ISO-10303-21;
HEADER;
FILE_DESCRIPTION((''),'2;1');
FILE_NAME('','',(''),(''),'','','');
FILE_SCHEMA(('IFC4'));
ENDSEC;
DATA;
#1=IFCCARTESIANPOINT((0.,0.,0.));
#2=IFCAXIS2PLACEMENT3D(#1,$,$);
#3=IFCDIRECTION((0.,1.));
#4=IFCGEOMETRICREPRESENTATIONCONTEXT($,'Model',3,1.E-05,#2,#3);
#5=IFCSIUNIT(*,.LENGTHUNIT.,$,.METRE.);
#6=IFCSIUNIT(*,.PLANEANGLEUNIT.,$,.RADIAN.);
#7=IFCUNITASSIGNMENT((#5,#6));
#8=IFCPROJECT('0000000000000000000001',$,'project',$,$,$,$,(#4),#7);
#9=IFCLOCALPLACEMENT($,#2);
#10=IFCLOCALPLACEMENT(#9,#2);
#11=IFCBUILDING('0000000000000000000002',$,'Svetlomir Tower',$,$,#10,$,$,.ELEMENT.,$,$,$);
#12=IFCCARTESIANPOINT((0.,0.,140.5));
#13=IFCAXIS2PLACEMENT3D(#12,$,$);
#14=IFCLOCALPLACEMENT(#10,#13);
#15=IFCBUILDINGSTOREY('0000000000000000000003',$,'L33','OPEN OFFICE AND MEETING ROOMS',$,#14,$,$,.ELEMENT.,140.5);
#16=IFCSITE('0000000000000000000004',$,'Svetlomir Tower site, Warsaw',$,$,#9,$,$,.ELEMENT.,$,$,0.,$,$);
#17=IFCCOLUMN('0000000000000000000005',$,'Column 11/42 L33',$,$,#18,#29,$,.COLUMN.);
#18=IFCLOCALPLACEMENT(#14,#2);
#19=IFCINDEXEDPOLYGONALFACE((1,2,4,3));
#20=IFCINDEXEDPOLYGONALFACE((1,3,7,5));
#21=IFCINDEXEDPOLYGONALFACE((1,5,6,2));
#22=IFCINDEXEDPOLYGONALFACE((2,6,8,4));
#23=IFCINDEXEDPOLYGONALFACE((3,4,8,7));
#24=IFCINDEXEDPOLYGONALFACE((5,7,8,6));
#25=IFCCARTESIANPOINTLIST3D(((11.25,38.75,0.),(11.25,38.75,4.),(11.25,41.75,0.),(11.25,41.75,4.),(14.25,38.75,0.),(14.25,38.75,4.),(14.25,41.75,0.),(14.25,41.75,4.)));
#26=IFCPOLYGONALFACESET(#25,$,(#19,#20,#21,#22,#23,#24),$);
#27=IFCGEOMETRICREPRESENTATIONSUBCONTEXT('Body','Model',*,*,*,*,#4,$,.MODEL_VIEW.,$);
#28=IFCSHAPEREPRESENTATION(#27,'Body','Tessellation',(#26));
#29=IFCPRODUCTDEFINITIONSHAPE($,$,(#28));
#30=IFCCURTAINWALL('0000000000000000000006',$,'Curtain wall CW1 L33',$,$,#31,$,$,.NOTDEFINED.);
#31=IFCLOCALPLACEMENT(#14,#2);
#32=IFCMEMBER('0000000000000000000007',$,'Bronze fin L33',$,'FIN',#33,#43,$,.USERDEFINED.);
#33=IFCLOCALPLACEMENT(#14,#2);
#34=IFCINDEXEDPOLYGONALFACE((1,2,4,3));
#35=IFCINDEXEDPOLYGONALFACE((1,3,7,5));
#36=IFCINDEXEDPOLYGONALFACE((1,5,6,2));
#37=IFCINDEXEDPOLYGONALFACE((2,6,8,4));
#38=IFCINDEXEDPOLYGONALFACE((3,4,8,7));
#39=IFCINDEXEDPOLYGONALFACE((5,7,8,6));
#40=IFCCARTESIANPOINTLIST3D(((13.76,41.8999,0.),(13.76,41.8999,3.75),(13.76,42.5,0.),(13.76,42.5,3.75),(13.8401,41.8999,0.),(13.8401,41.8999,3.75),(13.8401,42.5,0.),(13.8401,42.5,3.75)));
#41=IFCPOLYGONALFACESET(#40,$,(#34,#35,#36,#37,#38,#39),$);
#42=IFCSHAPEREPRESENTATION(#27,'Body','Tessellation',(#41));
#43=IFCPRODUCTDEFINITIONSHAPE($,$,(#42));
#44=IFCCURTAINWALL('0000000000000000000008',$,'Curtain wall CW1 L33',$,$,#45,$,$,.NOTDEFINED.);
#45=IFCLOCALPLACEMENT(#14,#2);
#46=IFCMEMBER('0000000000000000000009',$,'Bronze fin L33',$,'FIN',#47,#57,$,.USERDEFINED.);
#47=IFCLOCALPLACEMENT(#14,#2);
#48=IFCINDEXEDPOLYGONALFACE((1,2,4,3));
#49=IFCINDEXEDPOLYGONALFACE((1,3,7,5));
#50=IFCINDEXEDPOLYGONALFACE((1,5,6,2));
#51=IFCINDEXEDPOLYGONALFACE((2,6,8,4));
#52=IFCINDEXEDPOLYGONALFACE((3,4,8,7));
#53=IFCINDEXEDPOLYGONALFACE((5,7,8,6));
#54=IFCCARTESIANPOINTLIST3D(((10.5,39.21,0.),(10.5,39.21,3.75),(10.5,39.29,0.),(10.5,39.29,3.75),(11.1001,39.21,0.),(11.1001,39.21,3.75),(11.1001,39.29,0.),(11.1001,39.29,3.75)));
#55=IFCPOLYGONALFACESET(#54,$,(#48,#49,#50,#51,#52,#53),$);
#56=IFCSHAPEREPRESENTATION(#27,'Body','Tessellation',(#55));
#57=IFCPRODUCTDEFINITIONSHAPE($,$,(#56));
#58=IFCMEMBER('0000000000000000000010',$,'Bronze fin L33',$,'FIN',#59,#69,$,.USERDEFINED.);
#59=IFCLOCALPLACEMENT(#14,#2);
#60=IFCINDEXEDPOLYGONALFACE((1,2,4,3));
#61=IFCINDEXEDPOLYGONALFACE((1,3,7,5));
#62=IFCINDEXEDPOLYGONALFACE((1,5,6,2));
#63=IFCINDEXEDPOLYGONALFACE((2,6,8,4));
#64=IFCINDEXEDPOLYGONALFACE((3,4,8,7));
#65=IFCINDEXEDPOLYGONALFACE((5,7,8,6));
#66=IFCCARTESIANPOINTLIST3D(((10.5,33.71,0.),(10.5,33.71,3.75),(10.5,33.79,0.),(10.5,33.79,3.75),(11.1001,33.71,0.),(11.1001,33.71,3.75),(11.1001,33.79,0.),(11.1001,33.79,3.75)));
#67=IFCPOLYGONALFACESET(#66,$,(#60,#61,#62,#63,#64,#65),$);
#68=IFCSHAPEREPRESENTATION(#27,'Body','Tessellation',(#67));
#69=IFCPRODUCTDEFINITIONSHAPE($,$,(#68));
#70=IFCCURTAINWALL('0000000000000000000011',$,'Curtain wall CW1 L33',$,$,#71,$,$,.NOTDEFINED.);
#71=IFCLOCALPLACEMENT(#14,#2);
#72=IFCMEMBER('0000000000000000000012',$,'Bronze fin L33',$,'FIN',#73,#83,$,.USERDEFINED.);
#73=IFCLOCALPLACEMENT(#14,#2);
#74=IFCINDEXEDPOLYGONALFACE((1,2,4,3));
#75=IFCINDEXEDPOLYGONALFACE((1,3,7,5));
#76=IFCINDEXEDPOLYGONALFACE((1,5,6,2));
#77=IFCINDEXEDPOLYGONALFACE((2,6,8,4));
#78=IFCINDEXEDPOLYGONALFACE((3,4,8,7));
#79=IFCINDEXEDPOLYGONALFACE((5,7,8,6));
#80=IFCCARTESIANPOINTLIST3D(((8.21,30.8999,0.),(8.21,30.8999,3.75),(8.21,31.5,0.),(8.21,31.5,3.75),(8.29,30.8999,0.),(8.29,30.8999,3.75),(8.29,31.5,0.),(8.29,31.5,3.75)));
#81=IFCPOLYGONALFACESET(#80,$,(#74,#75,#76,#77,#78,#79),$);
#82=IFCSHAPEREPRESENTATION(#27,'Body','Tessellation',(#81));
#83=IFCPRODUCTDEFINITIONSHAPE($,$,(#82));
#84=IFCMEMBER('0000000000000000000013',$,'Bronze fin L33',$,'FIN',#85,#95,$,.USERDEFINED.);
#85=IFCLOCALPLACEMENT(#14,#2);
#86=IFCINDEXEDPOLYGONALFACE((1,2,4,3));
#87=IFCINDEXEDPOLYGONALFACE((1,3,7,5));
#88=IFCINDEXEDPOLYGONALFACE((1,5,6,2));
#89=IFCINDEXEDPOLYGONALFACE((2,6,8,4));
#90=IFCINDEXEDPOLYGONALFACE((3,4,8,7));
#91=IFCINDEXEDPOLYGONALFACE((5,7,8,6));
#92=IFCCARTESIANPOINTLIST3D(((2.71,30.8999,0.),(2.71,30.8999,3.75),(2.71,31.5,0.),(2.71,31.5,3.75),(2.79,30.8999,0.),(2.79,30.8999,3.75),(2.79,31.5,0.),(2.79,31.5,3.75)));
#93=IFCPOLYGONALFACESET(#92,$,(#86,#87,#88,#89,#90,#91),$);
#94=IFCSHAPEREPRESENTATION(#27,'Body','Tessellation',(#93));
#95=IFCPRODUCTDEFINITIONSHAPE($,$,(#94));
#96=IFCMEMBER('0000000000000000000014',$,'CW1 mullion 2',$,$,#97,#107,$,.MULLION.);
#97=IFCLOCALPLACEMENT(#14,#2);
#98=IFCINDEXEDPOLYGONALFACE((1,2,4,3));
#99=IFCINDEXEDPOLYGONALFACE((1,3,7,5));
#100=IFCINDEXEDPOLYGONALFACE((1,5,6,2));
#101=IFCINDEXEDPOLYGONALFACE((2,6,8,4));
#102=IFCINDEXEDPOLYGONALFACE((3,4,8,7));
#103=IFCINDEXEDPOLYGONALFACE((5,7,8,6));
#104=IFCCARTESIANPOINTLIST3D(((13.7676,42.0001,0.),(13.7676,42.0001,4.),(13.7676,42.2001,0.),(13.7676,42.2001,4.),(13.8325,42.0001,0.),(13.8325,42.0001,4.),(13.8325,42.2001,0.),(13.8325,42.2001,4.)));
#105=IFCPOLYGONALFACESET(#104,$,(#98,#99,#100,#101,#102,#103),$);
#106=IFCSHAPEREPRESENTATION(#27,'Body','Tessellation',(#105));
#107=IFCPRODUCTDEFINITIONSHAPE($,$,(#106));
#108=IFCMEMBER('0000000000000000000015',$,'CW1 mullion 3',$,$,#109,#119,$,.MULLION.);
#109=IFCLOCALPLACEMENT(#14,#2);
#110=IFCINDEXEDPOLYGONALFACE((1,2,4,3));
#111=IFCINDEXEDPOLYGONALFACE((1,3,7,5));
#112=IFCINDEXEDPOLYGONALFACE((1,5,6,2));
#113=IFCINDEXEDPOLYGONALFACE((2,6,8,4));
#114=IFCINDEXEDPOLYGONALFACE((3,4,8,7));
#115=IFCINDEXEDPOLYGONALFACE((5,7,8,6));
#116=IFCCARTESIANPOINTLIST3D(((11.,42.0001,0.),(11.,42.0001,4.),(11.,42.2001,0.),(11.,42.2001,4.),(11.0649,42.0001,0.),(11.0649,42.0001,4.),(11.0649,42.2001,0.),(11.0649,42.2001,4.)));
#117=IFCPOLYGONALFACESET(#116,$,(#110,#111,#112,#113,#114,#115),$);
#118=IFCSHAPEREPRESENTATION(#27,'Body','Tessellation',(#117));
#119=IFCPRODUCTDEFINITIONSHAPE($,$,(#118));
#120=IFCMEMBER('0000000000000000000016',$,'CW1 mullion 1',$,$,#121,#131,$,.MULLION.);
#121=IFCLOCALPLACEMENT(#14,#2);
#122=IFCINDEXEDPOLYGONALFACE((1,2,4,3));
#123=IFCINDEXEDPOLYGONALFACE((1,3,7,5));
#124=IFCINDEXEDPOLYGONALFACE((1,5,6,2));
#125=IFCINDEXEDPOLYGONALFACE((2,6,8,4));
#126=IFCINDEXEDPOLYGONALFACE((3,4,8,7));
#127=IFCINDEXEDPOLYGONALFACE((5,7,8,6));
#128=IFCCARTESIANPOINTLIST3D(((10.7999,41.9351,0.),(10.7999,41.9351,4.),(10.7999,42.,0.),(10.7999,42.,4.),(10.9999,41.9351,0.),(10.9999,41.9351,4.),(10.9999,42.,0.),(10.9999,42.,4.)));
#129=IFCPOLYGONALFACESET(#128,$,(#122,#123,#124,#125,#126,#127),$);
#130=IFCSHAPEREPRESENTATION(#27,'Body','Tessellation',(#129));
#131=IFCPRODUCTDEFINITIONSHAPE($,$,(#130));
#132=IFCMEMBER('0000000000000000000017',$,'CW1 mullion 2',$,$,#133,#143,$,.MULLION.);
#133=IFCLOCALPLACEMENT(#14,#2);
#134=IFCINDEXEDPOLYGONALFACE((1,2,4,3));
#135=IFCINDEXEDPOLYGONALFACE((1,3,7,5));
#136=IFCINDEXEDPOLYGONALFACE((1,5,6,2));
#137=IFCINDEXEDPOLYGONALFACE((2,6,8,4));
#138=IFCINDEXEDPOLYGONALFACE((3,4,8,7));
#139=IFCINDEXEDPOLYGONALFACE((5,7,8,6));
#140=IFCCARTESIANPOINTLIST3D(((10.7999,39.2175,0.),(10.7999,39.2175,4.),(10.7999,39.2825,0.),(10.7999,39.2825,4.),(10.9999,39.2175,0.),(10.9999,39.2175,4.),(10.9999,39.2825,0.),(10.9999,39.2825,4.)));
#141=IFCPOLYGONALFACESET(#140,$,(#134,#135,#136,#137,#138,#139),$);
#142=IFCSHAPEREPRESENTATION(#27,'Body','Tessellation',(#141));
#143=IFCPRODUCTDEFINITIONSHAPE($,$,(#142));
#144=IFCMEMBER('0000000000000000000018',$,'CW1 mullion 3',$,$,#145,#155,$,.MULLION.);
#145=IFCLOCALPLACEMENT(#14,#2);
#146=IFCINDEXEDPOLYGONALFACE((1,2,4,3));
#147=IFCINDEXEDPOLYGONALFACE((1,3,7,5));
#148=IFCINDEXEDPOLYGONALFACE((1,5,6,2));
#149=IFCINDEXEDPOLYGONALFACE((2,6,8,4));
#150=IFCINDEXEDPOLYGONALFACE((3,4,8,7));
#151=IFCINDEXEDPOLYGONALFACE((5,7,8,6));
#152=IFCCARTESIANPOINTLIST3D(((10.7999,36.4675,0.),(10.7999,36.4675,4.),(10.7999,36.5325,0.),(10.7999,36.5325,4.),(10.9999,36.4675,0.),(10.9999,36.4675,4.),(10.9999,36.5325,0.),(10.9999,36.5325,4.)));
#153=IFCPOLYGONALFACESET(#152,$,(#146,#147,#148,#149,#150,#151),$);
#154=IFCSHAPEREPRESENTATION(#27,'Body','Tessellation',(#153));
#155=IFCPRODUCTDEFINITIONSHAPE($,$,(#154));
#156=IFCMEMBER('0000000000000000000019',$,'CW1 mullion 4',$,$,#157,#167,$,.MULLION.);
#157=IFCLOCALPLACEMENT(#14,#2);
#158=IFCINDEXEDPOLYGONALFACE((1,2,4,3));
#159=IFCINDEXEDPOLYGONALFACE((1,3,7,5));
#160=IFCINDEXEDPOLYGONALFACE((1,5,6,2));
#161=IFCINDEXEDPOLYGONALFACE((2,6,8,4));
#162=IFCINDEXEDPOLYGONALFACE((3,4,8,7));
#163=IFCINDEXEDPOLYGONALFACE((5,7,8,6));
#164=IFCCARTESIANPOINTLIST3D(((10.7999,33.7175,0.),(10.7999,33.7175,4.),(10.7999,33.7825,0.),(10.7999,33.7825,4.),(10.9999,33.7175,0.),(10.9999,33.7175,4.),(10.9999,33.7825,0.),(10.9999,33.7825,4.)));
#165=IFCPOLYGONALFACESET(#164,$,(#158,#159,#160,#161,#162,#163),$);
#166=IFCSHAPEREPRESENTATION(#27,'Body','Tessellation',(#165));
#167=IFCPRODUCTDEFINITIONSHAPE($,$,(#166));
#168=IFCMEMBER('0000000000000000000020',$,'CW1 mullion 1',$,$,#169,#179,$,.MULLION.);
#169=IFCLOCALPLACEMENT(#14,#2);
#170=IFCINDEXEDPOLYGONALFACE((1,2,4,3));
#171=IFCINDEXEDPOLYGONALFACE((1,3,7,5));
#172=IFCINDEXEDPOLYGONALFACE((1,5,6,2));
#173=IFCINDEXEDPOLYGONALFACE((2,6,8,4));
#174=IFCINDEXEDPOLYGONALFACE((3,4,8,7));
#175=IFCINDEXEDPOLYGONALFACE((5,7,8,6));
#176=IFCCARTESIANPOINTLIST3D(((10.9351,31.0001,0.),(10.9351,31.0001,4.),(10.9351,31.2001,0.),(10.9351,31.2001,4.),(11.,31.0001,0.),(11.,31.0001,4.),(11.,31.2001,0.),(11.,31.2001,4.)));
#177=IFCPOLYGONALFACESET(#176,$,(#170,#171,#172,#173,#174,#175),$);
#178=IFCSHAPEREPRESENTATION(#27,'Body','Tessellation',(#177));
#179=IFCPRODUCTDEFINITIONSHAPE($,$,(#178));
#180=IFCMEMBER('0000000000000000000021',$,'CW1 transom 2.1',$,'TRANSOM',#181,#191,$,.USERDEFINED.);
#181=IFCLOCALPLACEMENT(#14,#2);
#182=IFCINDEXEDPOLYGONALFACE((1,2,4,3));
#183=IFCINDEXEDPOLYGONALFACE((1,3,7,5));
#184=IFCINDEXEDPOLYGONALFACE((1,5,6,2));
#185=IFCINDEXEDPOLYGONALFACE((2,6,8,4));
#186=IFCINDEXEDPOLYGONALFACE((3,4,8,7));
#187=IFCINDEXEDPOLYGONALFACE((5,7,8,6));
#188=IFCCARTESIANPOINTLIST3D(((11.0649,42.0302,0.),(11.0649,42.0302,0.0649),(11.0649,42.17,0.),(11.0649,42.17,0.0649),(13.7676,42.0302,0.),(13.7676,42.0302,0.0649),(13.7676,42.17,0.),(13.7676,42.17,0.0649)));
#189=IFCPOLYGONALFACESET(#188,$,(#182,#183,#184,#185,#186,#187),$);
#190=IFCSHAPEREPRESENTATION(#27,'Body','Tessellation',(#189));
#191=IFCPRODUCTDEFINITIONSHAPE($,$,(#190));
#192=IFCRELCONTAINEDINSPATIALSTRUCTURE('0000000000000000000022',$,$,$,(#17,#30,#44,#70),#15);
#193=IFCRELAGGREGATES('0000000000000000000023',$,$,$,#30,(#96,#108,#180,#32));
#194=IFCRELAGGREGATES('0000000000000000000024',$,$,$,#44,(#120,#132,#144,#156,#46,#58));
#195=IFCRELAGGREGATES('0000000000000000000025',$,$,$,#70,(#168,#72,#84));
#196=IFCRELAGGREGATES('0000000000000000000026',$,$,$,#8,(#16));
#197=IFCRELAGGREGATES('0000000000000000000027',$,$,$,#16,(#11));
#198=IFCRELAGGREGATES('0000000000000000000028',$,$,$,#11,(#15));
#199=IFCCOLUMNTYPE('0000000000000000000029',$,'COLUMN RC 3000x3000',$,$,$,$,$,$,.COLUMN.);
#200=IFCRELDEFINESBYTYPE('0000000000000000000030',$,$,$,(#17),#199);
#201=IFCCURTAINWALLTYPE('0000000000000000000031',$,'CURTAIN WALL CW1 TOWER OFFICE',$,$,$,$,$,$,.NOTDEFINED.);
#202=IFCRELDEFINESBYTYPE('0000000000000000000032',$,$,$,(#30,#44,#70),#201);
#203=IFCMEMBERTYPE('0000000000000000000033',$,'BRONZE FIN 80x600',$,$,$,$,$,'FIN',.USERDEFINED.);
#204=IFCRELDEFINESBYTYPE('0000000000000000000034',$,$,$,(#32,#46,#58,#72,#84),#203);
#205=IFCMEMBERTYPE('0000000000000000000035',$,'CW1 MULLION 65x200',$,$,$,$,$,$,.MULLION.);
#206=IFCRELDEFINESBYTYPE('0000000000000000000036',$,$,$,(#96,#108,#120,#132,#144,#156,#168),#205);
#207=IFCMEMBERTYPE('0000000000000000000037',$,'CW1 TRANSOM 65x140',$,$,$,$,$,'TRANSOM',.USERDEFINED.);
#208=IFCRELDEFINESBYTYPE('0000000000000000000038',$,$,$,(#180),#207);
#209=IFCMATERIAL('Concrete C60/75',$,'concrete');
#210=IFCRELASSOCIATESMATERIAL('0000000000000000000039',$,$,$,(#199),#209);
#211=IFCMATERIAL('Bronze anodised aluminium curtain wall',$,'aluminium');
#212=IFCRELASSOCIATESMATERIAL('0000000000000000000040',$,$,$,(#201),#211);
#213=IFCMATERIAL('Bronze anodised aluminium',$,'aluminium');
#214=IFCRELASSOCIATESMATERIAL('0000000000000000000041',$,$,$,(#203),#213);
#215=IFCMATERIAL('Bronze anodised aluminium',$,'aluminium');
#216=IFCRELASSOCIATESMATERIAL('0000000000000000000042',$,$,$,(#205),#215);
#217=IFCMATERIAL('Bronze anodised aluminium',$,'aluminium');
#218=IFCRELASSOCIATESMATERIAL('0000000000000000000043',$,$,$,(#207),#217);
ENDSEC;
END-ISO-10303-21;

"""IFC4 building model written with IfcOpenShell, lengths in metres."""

from ifc_helpers import new_model, si_unit, direction, frame, origin, origin_2d, place, context, subcontext, project, spatial, rectangle, extrude, material, material_profile, profile_set, type_object, element, aggregate, save


model = new_model("IFC4")

# Units and contexts
model_context = context("Model", 3, precision=1e-05, world=origin(), true_north=direction((0.0, 1.0)))
body_context = subcontext(model_context, "Body", "Model", "MODEL_VIEW")
ifc_project = project(units=[si_unit("LENGTHUNIT", "METRE"), si_unit("PLANEANGLEUNIT", "RADIAN")], contexts=[model_context])

# Site, building, storey
site_placement = place(None, origin())
site = spatial("IfcSite", under=ifc_project, at=site_placement, Name="Svetlomir Tower site, Warsaw", CompositionType="ELEMENT", RefElevation=0.0)
building_placement = place(site_placement, origin())
building = spatial("IfcBuilding", under=site, at=building_placement, Name="Svetlomir Tower", CompositionType="ELEMENT")
storey_placement = place(building_placement, frame((0.0, 0.0, 140.5)))
storey = spatial("IfcBuildingStorey", under=building, at=storey_placement, Name="L33", Description="OPEN OFFICE AND MEETING ROOMS", CompositionType="ELEMENT", Elevation=140.5)

# Column
ifc_material_1 = material(Name="Concrete C60/75", Category="concrete")
ifc_material_profile_1 = material_profile(ifc_material_1, rectangle(XDim=3.0, YDim=3.0, at=origin_2d()), Name="RC 3000x3000")
ifc_profile_set_1 = profile_set([ifc_material_profile_1], Name="Concrete C60/75")
column_type = type_object("IfcColumnType", Name="COLUMN RC 3000x3000", PredefinedType="COLUMN", material=ifc_profile_set_1)
column_placement = place(storey_placement, frame((12.75, 40.25, 0.0), z_axis=(0.0, 0.0, 1.0), x_axis=(1.0, 0.0, 0.0)))
element("IfcColumn", 1, at=column_placement, inside=storey, type_object=column_type, Name="Column 11/42 L33", PredefinedType="COLUMN", context=body_context, shape_type="SweptSolid", body=[
    extrude(rectangle(XDim=3.0, YDim=3.0, at=origin_2d()), origin(), (0.0, 0.0, 1.0), 4.0),
])

# Curtain wall, member
ifc_material_2 = material(Name="Bronze anodised aluminium curtain wall", Category="aluminium")
curtain_wall_type = type_object("IfcCurtainWallType", Name="CURTAIN WALL CW1 TOWER OFFICE", PredefinedType="NOTDEFINED", material=ifc_material_2)
curtain_wall_1_placement = place(storey_placement, origin())
curtain_wall_1 = element("IfcCurtainWall", 2, at=curtain_wall_1_placement, inside=storey, type_object=curtain_wall_type, Name="Curtain wall CW1 L33", PredefinedType="NOTDEFINED")
ifc_material_3 = material(Name="Bronze anodised aluminium", Category="aluminium")
ifc_material_profile_2 = material_profile(ifc_material_3, rectangle(XDim=0.0801, YDim=0.6001, at=origin_2d()), Name="FIN 80x600")
ifc_profile_set_2 = profile_set([ifc_material_profile_2], Name="Bronze anodised aluminium 6063-T6")
member_type_1 = type_object("IfcMemberType", Name="BRONZE FIN 80x600", ElementType="FIN", PredefinedType="USERDEFINED", material=ifc_profile_set_2)
member_1_placement = place(storey_placement, frame((13.8, 42.2, 0.0), z_axis=(0.0, 0.0, 1.0), x_axis=(1.0, 0.0, 0.0)))
member_1 = element("IfcMember", 3, at=member_1_placement, type_object=member_type_1, Name="Bronze fin L33", ObjectType="FIN", PredefinedType="USERDEFINED", context=body_context, shape_type="SweptSolid", body=[
    extrude(rectangle(XDim=0.0801, YDim=0.6001, at=origin_2d()), origin(), (0.0, 0.0, 1.0), 3.75),
])

# Curtain walls, members
curtain_wall_2_placement = place(storey_placement, origin())
curtain_wall_2 = element("IfcCurtainWall", 4, at=curtain_wall_2_placement, inside=storey, type_object=curtain_wall_type, Name="Curtain wall CW1 L33", PredefinedType="NOTDEFINED")
member_2_placement = place(storey_placement, frame((10.8, 39.25, 0.0), z_axis=(0.0, 0.0, 1.0), x_axis=(0.0, 1.0, 0.0)))
member_2 = element("IfcMember", 5, at=member_2_placement, type_object=member_type_1, Name="Bronze fin L33", ObjectType="FIN", PredefinedType="USERDEFINED", context=body_context, shape_type="SweptSolid", body=[
    extrude(rectangle(XDim=0.0801, YDim=0.6001, at=origin_2d()), origin(), (0.0, 0.0, 1.0), 3.75),
])
member_3_placement = place(storey_placement, frame((10.8, 33.75, 0.0), z_axis=(0.0, 0.0, 1.0), x_axis=(0.0, 1.0, 0.0)))
member_3 = element("IfcMember", 6, at=member_3_placement, type_object=member_type_1, Name="Bronze fin L33", ObjectType="FIN", PredefinedType="USERDEFINED", context=body_context, shape_type="SweptSolid", body=[
    extrude(rectangle(XDim=0.0801, YDim=0.6001, at=origin_2d()), origin(), (0.0, 0.0, 1.0), 3.75),
])
curtain_wall_3_placement = place(storey_placement, origin())
curtain_wall_3 = element("IfcCurtainWall", 7, at=curtain_wall_3_placement, inside=storey, type_object=curtain_wall_type, Name="Curtain wall CW1 L33", PredefinedType="NOTDEFINED")
member_4_placement = place(storey_placement, frame((8.25, 31.2, 0.0), z_axis=(0.0, 0.0, 1.0), x_axis=(1.0, 0.0, 0.0)))
member_4 = element("IfcMember", 8, at=member_4_placement, type_object=member_type_1, Name="Bronze fin L33", ObjectType="FIN", PredefinedType="USERDEFINED", context=body_context, shape_type="SweptSolid", body=[
    extrude(rectangle(XDim=0.0801, YDim=0.6001, at=origin_2d()), origin(), (0.0, 0.0, 1.0), 3.75),
])
member_5_placement = place(storey_placement, frame((2.75, 31.2, 0.0), z_axis=(0.0, 0.0, 1.0), x_axis=(1.0, 0.0, 0.0)))
member_5 = element("IfcMember", 9, at=member_5_placement, type_object=member_type_1, Name="Bronze fin L33", ObjectType="FIN", PredefinedType="USERDEFINED", context=body_context, shape_type="SweptSolid", body=[
    extrude(rectangle(XDim=0.0801, YDim=0.6001, at=origin_2d()), origin(), (0.0, 0.0, 1.0), 3.75),
])

# Members
ifc_material_4 = material(Name="Bronze anodised aluminium", Category="aluminium")
ifc_material_profile_3 = material_profile(ifc_material_4, rectangle(XDim=0.0649, YDim=0.2, at=origin_2d()), Name="AL 65x200")
ifc_profile_set_3 = profile_set([ifc_material_profile_3], Name="Bronze anodised aluminium 6063-T6")
member_type_2 = type_object("IfcMemberType", Name="CW1 MULLION 65x200", PredefinedType="MULLION", material=ifc_profile_set_3)
member_6_placement = place(storey_placement, frame((13.8, 42.1001, 0.0), z_axis=(0.0, 0.0, 1.0), x_axis=(-1.0, 0.0, 0.0)))
member_6 = element("IfcMember", 10, at=member_6_placement, type_object=member_type_2, Name="CW1 mullion 2", PredefinedType="MULLION", context=body_context, shape_type="SweptSolid", body=[
    extrude(rectangle(XDim=0.0649, YDim=0.2, at=origin_2d()), origin(), (0.0, 0.0, 1.0), 4.0),
])
member_7_placement = place(storey_placement, frame((11.0325, 42.1001, 0.0), z_axis=(0.0, 0.0, 1.0), x_axis=(-1.0, 0.0, 0.0)))
member_7 = element("IfcMember", 11, at=member_7_placement, type_object=member_type_2, Name="CW1 mullion 3", PredefinedType="MULLION", context=body_context, shape_type="SweptSolid", body=[
    extrude(rectangle(XDim=0.0649, YDim=0.2, at=origin_2d()), origin(), (0.0, 0.0, 1.0), 4.0),
])
member_8_placement = place(storey_placement, frame((10.8999, 41.9675, 0.0), z_axis=(0.0, 0.0, 1.0), x_axis=(0.0, -1.0, 0.0)))
member_8 = element("IfcMember", 12, at=member_8_placement, type_object=member_type_2, Name="CW1 mullion 1", PredefinedType="MULLION", context=body_context, shape_type="SweptSolid", body=[
    extrude(rectangle(XDim=0.0649, YDim=0.2, at=origin_2d()), origin(), (0.0, 0.0, 1.0), 4.0),
])
member_9_placement = place(storey_placement, frame((10.8999, 39.25, 0.0), z_axis=(0.0, 0.0, 1.0), x_axis=(0.0, -1.0, 0.0)))
member_9 = element("IfcMember", 13, at=member_9_placement, type_object=member_type_2, Name="CW1 mullion 2", PredefinedType="MULLION", context=body_context, shape_type="SweptSolid", body=[
    extrude(rectangle(XDim=0.0649, YDim=0.2, at=origin_2d()), origin(), (0.0, 0.0, 1.0), 4.0),
])
member_10_placement = place(storey_placement, frame((10.8999, 36.5, 0.0), z_axis=(0.0, 0.0, 1.0), x_axis=(0.0, -1.0, 0.0)))
member_10 = element("IfcMember", 14, at=member_10_placement, type_object=member_type_2, Name="CW1 mullion 3", PredefinedType="MULLION", context=body_context, shape_type="SweptSolid", body=[
    extrude(rectangle(XDim=0.0649, YDim=0.2, at=origin_2d()), origin(), (0.0, 0.0, 1.0), 4.0),
])
member_11_placement = place(storey_placement, frame((10.8999, 33.75, 0.0), z_axis=(0.0, 0.0, 1.0), x_axis=(0.0, -1.0, 0.0)))
member_11 = element("IfcMember", 15, at=member_11_placement, type_object=member_type_2, Name="CW1 mullion 4", PredefinedType="MULLION", context=body_context, shape_type="SweptSolid", body=[
    extrude(rectangle(XDim=0.0649, YDim=0.2, at=origin_2d()), origin(), (0.0, 0.0, 1.0), 4.0),
])
member_12_placement = place(storey_placement, frame((10.9675, 31.1001, 0.0), z_axis=(0.0, 0.0, 1.0), x_axis=(-1.0, 0.0, 0.0)))
member_12 = element("IfcMember", 16, at=member_12_placement, type_object=member_type_2, Name="CW1 mullion 1", PredefinedType="MULLION", context=body_context, shape_type="SweptSolid", body=[
    extrude(rectangle(XDim=0.0649, YDim=0.2, at=origin_2d()), origin(), (0.0, 0.0, 1.0), 4.0),
])
ifc_material_5 = material(Name="Bronze anodised aluminium", Category="aluminium")
ifc_material_profile_4 = material_profile(ifc_material_5, rectangle(XDim=0.1399, YDim=0.0649, at=origin_2d()), Name="AL 140x65")
ifc_profile_set_4 = profile_set([ifc_material_profile_4], Name="Bronze anodised aluminium 6063-T6")
member_type_3 = type_object("IfcMemberType", Name="CW1 TRANSOM 65x140", ElementType="TRANSOM", PredefinedType="USERDEFINED", material=ifc_profile_set_4)
member_13_placement = place(storey_placement, frame((13.7676, 42.1001, 0.0325), z_axis=(-1.0, 0.0, 0.0), x_axis=(0.0, -1.0, 0.0)))
member_13 = element("IfcMember", 17, at=member_13_placement, type_object=member_type_3, Name="CW1 transom 2.1", ObjectType="TRANSOM", PredefinedType="USERDEFINED", context=body_context, shape_type="SweptSolid", body=[
    extrude(rectangle(XDim=0.1399, YDim=0.0649, at=origin_2d()), origin(), (0.0, 0.0, 1.0), 2.7026),
])

aggregate(curtain_wall_1, [member_6, member_7, member_13, member_1])
aggregate(curtain_wall_2, [member_8, member_9, member_10, member_11, member_2, member_3])
aggregate(curtain_wall_3, [member_12, member_4, member_5])

save(model, "model.ifc")
